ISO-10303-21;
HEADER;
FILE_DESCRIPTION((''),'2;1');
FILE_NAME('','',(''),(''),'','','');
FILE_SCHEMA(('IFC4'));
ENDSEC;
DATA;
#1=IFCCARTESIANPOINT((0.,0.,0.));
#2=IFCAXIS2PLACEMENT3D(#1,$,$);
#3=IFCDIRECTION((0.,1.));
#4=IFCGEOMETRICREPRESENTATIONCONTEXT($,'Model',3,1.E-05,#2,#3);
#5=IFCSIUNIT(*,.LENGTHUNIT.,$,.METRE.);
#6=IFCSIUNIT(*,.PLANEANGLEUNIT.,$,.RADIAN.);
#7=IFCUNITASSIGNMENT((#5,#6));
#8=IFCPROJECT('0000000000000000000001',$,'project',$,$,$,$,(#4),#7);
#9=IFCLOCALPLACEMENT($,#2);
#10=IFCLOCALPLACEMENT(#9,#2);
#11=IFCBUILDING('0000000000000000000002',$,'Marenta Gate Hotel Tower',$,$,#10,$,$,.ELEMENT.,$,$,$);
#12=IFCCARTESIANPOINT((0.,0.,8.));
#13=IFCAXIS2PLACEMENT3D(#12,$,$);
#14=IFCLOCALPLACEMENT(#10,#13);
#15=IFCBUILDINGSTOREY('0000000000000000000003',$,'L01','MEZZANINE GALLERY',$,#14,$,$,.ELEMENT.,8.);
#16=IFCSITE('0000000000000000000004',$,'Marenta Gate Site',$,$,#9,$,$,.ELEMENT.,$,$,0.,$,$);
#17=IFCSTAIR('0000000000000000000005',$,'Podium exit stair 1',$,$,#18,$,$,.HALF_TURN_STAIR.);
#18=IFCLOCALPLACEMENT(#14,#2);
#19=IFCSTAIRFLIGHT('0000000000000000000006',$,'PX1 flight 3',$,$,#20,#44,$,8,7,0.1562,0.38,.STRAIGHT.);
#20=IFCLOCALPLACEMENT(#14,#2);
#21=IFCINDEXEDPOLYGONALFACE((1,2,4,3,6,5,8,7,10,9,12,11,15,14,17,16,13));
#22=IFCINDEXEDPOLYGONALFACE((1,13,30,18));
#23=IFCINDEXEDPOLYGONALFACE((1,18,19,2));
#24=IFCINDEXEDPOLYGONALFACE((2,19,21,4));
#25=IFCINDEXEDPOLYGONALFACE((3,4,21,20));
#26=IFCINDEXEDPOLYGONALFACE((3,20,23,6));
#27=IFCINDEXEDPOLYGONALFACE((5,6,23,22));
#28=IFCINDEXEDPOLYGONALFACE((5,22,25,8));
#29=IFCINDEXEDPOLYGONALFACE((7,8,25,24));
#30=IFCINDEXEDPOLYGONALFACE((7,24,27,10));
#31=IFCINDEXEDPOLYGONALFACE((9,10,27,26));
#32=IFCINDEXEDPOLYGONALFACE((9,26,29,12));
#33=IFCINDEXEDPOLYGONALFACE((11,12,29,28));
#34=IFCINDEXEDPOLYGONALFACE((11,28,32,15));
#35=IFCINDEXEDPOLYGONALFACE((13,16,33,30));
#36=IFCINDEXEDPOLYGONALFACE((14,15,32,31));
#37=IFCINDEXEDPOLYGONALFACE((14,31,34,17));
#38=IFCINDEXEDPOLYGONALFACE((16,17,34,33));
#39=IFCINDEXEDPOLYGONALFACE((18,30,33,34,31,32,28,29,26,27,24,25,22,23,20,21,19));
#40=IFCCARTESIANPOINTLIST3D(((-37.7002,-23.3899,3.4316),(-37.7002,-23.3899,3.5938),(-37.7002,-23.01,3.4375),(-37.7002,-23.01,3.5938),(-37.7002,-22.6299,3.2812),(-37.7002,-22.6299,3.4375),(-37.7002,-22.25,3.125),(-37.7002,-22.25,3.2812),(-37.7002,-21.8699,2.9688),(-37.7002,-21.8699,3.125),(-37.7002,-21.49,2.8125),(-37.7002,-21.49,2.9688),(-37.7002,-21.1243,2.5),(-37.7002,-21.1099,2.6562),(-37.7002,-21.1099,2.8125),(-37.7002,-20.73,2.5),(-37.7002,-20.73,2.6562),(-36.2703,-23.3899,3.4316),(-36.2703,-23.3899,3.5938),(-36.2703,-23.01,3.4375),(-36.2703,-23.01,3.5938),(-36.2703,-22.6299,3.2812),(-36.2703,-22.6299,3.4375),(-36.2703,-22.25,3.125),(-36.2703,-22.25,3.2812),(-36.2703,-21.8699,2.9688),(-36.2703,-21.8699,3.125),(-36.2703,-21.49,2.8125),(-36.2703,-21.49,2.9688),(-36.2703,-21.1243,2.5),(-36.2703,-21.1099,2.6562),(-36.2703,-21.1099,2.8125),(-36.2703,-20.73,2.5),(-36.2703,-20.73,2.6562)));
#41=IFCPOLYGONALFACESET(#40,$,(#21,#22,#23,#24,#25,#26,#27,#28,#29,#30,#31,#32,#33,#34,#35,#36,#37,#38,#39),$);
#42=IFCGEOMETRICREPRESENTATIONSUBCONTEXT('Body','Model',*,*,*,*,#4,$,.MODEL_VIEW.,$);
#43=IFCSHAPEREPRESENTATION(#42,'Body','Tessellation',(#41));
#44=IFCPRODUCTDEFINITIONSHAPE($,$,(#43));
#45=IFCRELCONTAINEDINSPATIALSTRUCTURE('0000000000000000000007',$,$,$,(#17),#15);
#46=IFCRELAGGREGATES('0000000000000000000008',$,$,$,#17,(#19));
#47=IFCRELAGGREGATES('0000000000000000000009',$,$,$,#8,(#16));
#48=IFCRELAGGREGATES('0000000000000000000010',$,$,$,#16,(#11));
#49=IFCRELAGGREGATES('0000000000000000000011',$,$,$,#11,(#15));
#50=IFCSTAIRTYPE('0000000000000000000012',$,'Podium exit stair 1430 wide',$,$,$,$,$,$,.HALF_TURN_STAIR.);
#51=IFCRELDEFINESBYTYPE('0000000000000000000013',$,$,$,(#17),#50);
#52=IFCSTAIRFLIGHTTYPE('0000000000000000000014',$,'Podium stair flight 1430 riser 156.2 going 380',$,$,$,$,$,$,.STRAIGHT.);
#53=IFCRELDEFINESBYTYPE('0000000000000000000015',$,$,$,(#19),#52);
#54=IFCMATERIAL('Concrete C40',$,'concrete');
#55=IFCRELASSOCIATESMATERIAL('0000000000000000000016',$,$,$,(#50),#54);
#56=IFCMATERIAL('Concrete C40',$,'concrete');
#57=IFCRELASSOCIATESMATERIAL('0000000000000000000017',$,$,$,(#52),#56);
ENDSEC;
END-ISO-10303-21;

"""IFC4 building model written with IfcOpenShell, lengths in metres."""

from ifc_helpers import new_model, si_unit, direction, frame, origin, place, context, subcontext, project, spatial, polyline, outline, extrude, material, type_object, element, aggregate, save


model = new_model("IFC4")

# Units and contexts
model_context = context("Model", 3, precision=1e-05, world=origin(), true_north=direction((0.0, 1.0)))
body_context = subcontext(model_context, "Body", "Model", "MODEL_VIEW")
ifc_project = project(units=[si_unit("LENGTHUNIT", "METRE"), si_unit("PLANEANGLEUNIT", "RADIAN")], contexts=[model_context])

# Site, building, storey
site_placement = place(None, origin())
site = spatial("IfcSite", under=ifc_project, at=site_placement, Name="Marenta Gate Site", CompositionType="ELEMENT", RefElevation=0.0)
building_placement = place(site_placement, origin())
building = spatial("IfcBuilding", under=site, at=building_placement, Name="Marenta Gate Hotel Tower", CompositionType="ELEMENT")
storey_placement = place(building_placement, frame((0.0, 0.0, 8.0)))
storey = spatial("IfcBuildingStorey", under=building, at=storey_placement, Name="L01", Description="MEZZANINE GALLERY", CompositionType="ELEMENT", Elevation=8.0)

# Stair, stair flight
ifc_material_1 = material(Name="Concrete C40", Category="concrete")
stair_type = type_object("IfcStairType", Name="Podium exit stair 1430 wide", PredefinedType="HALF_TURN_STAIR", material=ifc_material_1)
stair_placement = place(storey_placement, origin())
stair = element("IfcStair", 1, at=stair_placement, inside=storey, type_object=stair_type, Name="Podium exit stair 1", PredefinedType="HALF_TURN_STAIR")
ifc_material_2 = material(Name="Concrete C40", Category="concrete")
stair_flight_type = type_object("IfcStairFlightType", Name="Podium stair flight 1430 riser 156.2 going 380", PredefinedType="STRAIGHT", material=ifc_material_2)
stair_flight_placement = place(storey_placement, frame((-36.9851, -20.73, 2.5), z_axis=(0.0, 0.0, 1.0), x_axis=(0.0, -1.0, 0.0)))
stair_flight = element("IfcStairFlight", 2, at=stair_flight_placement, type_object=stair_flight_type, Name="PX1 flight 3", NumberOfRisers=8, NumberOfTreads=7, PredefinedType="STRAIGHT", RiserHeight=0.1562, TreadLength=0.38, context=body_context, shape_type="SweptSolid", body=[
    extrude(outline(polyline([(0.0, 0.0), (0.0, 0.1562), (0.3799, 0.1562), (0.3799, 0.3125), (0.76, 0.3125), (0.76, 0.4688), (1.1399, 0.4688), (1.1399, 0.625), (1.52, 0.625), (1.52, 0.7812), (1.8999, 0.7812), (1.8999, 0.9375), (2.28, 0.9375), (2.28, 1.0938), (2.6599, 1.0938), (2.6599, 1.25), (2.6599, 0.9316), (0.3943, 0.0), (0.0, 0.0)])), frame((0.0, 0.7148, 0.0), z_axis=(0.0, -1.0, 0.0), x_axis=(1.0, 0.0, 0.0)), (0.0, 0.0, 1.0), 1.4299),
])
aggregate(stair, [stair_flight])

save(model, "model.ifc")
